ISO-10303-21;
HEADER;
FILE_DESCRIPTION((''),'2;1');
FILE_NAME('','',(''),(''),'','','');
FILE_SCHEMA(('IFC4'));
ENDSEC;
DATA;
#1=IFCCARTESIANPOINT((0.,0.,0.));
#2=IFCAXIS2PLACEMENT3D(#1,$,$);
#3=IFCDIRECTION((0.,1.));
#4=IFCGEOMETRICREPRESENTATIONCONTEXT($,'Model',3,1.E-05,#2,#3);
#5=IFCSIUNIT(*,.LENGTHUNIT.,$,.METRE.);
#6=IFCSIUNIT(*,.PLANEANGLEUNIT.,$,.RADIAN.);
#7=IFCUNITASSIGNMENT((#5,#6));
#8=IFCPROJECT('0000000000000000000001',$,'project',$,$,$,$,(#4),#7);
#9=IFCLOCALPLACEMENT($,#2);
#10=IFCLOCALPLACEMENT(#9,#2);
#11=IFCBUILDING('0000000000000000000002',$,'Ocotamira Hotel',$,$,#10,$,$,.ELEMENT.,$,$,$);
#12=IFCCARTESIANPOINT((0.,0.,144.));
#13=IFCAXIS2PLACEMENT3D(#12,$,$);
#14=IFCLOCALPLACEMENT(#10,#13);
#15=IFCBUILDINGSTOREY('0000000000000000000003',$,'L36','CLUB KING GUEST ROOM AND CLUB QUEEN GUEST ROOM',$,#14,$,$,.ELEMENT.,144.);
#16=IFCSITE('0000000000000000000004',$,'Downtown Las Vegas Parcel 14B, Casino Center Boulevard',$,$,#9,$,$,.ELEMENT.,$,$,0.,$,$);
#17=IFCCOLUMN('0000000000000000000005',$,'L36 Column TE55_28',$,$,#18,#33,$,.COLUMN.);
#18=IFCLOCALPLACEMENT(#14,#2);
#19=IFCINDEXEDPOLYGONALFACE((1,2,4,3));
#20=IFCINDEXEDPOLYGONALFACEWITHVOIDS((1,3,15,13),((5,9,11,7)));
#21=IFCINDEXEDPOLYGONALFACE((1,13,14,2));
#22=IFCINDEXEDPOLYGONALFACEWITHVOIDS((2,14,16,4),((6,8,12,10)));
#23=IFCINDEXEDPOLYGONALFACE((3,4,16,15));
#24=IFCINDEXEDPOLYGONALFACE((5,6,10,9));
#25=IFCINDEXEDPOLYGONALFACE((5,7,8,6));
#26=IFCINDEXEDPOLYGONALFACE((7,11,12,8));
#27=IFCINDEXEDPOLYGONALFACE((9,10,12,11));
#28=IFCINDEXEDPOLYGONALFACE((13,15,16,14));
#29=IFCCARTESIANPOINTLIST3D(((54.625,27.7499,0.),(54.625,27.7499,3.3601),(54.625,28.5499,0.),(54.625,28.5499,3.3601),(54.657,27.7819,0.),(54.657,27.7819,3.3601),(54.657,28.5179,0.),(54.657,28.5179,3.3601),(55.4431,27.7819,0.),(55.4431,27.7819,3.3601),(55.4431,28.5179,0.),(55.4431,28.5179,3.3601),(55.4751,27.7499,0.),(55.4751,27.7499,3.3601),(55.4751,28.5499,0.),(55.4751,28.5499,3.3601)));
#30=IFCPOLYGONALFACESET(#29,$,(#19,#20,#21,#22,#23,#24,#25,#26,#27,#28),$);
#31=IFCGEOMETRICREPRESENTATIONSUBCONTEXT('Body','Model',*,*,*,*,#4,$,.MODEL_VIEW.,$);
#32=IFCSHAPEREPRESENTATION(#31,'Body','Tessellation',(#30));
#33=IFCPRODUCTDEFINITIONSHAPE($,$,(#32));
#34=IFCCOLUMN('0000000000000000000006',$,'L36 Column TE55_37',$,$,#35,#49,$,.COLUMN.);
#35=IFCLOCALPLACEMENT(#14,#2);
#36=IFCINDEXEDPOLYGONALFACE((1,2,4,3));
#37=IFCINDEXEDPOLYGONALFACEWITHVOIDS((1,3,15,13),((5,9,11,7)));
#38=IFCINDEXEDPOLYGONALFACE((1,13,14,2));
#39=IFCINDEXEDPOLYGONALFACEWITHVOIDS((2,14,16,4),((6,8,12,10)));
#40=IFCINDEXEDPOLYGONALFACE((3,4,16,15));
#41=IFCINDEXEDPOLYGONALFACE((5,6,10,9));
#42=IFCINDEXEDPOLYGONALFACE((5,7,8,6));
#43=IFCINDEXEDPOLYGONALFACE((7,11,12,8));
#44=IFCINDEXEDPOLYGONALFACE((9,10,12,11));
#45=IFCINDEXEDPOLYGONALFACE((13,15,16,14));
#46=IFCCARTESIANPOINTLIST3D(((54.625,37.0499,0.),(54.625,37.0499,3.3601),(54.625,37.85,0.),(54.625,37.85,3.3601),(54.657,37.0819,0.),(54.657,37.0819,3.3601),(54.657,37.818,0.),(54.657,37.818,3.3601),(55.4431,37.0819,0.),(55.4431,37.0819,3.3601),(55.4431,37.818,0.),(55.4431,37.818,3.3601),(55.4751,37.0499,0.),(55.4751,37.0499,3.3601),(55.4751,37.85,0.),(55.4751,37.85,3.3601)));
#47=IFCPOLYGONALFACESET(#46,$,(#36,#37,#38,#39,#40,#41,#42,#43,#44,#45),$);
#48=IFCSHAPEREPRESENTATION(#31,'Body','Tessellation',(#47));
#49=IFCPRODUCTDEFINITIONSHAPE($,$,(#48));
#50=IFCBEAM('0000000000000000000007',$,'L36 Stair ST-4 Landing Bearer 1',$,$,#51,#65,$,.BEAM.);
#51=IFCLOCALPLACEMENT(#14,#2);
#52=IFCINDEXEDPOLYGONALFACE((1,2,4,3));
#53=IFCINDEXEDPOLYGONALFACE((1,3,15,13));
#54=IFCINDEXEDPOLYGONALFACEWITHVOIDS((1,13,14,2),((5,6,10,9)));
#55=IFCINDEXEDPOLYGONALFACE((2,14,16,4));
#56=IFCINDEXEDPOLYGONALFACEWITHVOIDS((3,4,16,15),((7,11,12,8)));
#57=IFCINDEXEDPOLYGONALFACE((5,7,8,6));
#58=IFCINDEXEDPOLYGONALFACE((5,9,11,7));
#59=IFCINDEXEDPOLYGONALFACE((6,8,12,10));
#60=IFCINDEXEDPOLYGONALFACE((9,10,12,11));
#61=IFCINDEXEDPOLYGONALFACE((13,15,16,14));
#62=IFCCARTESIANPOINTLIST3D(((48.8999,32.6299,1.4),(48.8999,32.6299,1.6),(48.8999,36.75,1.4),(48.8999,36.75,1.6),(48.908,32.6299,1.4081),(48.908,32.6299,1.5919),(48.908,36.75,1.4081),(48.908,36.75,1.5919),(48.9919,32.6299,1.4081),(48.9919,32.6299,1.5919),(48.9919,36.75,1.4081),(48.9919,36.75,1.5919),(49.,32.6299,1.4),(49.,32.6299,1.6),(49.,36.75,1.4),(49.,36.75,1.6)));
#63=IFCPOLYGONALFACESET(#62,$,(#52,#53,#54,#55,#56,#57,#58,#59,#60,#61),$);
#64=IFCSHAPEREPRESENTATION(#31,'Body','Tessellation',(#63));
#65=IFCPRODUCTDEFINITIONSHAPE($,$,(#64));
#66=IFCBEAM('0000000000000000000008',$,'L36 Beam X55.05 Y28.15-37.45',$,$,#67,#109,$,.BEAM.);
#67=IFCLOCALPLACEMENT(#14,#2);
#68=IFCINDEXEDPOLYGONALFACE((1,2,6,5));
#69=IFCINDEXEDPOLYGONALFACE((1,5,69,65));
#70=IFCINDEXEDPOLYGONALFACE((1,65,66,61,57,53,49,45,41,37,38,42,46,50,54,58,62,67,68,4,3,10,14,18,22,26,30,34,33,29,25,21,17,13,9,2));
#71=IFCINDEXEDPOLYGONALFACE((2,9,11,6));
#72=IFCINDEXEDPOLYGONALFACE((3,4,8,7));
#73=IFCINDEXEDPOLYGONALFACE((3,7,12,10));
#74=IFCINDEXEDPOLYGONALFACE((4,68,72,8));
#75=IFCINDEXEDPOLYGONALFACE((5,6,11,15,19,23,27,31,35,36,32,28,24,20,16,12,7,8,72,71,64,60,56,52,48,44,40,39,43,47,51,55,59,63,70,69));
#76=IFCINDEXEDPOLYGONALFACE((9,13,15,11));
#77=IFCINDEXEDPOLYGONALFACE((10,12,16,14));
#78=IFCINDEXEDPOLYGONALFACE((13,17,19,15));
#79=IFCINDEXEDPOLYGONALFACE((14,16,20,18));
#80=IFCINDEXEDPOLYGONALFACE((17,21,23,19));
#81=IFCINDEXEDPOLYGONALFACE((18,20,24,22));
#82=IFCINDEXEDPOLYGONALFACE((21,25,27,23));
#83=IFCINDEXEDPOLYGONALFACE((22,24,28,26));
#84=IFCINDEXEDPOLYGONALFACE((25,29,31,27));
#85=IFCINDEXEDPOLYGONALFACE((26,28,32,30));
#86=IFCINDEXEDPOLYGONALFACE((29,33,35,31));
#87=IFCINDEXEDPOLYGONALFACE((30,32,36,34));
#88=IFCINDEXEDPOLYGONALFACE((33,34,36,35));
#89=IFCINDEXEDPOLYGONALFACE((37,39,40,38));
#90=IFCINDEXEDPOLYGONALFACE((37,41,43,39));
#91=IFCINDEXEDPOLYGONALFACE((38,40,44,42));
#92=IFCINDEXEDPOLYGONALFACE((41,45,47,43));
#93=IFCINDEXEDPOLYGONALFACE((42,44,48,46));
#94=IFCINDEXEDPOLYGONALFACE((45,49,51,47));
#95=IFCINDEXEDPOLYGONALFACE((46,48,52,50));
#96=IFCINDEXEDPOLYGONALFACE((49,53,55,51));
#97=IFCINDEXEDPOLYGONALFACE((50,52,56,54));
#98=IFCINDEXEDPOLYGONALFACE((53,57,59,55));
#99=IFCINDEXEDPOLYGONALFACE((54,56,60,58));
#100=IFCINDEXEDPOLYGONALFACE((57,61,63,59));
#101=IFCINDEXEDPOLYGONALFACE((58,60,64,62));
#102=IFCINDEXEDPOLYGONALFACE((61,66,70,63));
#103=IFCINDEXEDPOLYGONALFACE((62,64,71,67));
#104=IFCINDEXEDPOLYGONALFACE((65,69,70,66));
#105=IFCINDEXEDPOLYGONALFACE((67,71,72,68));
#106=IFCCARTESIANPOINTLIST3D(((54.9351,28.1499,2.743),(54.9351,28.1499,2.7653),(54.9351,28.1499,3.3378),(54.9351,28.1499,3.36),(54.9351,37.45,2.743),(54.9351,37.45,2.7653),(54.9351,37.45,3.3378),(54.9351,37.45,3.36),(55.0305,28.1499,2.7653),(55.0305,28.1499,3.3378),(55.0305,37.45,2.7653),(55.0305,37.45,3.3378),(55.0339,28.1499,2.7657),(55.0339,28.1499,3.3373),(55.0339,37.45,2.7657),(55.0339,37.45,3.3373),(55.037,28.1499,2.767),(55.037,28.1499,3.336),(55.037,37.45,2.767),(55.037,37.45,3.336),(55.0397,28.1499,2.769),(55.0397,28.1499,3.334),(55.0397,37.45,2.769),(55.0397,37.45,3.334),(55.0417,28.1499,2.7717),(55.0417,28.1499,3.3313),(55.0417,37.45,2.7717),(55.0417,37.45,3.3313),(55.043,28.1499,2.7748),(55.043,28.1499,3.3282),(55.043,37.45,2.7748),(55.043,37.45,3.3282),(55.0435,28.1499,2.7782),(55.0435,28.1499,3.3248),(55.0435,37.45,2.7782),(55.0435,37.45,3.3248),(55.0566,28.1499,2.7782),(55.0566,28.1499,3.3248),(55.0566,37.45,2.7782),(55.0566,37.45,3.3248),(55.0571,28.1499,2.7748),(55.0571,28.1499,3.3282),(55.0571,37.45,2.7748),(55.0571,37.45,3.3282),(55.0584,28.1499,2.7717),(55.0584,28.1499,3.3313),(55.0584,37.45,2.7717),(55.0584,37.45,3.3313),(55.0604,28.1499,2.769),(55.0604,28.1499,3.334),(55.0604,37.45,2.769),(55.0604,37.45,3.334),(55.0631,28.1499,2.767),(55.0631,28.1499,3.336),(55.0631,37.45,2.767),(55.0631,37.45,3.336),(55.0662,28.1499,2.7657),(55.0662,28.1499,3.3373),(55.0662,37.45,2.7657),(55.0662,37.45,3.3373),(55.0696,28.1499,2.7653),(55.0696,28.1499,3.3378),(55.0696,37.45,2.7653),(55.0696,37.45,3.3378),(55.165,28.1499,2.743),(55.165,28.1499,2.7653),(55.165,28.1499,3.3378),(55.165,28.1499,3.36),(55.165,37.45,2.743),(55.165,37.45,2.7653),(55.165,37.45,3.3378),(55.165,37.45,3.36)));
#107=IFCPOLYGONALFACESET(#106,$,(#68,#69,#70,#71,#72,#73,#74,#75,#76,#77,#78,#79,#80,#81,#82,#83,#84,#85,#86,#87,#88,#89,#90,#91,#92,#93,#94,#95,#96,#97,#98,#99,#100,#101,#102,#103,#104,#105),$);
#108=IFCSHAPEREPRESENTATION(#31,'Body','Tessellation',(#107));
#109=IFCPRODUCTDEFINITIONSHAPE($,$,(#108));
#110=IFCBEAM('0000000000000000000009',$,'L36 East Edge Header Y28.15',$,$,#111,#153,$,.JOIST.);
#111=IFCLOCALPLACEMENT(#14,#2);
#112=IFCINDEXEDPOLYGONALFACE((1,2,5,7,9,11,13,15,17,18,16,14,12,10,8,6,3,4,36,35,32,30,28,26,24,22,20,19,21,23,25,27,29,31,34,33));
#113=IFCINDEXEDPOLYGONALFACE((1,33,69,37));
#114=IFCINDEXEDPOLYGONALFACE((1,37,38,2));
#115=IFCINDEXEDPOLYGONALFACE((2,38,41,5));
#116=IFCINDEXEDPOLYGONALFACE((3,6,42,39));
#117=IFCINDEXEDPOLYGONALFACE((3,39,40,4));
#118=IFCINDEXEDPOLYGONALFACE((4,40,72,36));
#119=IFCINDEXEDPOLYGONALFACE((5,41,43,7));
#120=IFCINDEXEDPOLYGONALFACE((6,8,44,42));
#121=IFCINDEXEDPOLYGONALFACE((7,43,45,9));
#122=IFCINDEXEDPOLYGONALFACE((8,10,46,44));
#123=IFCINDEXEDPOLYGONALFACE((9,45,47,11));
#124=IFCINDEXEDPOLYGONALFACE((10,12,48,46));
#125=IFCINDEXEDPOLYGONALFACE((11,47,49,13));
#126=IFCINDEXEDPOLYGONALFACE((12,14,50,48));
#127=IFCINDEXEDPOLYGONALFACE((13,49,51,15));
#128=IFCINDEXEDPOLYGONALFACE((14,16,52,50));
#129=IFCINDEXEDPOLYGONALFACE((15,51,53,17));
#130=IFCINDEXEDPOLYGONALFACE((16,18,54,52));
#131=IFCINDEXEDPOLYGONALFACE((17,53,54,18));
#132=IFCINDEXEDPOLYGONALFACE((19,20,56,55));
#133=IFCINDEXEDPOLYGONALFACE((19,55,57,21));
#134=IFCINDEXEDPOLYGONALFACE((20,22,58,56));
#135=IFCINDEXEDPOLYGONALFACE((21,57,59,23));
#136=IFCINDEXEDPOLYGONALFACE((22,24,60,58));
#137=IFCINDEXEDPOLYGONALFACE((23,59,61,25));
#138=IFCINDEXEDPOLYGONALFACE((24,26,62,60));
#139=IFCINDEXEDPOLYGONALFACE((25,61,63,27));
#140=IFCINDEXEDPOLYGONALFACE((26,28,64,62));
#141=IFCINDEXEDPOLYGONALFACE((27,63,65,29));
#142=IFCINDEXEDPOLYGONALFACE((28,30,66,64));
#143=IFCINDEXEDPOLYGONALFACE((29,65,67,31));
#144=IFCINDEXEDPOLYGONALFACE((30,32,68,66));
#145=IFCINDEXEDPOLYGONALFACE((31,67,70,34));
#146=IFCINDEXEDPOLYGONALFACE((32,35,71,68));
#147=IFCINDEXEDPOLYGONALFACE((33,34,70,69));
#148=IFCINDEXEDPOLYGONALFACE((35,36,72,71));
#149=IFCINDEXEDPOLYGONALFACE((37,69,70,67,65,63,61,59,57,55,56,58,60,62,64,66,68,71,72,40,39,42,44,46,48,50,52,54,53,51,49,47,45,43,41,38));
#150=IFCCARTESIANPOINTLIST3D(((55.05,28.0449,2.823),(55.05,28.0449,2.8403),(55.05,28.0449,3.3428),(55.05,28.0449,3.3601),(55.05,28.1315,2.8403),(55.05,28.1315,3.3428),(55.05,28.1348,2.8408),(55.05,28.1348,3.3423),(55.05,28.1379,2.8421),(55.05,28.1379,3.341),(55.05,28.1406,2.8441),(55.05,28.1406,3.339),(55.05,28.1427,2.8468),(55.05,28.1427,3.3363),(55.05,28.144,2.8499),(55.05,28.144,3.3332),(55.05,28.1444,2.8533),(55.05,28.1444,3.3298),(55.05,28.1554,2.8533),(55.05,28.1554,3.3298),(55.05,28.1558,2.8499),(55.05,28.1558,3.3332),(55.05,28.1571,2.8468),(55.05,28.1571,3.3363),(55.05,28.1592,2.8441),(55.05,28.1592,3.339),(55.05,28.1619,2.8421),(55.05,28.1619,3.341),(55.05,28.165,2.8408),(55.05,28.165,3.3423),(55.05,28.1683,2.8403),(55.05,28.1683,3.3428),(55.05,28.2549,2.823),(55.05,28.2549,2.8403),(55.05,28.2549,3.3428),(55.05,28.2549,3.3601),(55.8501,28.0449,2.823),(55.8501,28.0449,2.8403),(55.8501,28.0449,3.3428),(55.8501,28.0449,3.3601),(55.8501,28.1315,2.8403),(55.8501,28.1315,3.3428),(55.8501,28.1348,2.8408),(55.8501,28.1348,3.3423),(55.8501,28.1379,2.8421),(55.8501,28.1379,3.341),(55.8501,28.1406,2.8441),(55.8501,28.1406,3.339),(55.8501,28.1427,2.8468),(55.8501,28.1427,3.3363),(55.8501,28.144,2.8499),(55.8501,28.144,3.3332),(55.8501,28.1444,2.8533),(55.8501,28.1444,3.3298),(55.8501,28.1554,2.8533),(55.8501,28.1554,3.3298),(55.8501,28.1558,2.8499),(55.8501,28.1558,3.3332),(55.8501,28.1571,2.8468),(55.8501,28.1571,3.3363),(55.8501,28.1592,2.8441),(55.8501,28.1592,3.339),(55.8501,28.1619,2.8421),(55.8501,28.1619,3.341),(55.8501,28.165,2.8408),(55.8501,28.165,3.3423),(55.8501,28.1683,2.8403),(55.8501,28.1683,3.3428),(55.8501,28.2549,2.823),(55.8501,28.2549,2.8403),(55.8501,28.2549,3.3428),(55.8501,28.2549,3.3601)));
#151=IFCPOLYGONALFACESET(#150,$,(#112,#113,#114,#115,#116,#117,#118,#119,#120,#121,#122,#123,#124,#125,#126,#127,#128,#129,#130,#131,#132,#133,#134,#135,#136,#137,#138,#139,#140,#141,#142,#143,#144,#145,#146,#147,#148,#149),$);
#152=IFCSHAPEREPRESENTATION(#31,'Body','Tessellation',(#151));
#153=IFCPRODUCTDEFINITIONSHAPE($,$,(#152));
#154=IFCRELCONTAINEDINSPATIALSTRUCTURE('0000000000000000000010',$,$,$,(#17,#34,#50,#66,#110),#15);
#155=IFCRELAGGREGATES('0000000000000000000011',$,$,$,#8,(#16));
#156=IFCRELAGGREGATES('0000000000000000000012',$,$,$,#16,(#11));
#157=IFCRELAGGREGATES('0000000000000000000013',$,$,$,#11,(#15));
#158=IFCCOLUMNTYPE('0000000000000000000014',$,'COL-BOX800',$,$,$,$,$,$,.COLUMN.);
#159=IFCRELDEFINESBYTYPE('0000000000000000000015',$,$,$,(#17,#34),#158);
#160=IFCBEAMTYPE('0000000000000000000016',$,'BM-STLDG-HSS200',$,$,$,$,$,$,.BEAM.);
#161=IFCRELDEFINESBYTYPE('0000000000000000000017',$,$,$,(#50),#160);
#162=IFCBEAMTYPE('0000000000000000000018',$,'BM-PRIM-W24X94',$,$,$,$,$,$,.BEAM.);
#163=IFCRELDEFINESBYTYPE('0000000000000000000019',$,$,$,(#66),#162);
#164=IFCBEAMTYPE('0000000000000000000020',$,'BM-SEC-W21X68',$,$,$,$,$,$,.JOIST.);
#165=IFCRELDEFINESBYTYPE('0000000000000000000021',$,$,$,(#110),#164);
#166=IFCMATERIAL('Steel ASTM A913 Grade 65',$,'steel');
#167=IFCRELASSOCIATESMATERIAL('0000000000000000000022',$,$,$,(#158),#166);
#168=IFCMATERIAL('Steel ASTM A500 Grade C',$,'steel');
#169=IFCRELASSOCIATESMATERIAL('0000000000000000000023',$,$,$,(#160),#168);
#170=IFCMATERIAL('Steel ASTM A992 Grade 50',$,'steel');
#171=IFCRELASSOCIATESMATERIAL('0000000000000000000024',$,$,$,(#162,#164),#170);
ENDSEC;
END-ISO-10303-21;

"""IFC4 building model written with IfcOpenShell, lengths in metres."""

from ifc_helpers import new_model, si_unit, direction, frame, origin, origin_2d, place, context, subcontext, project, spatial, hollow_rectangle, i_section, extrude, source, transform, mapped, material, material_profile, profile_set, type_object, element, save


model = new_model("IFC4")

# Units and contexts
model_context = context("Model", 3, precision=1e-05, world=origin(), true_north=direction((0.0, 1.0)))
body_context = subcontext(model_context, "Body", "Model", "MODEL_VIEW")
ifc_project = project(units=[si_unit("LENGTHUNIT", "METRE"), si_unit("PLANEANGLEUNIT", "RADIAN")], contexts=[model_context])

# Site, building, storey
site_placement = place(None, origin())
site = spatial("IfcSite", under=ifc_project, at=site_placement, Name="Downtown Las Vegas Parcel 14B, Casino Center Boulevard", CompositionType="ELEMENT", RefElevation=0.0)
building_placement = place(site_placement, origin())
building = spatial("IfcBuilding", under=site, at=building_placement, Name="Ocotamira Hotel", CompositionType="ELEMENT")
storey_placement = place(building_placement, frame((0.0, 0.0, 144.0)))
storey = spatial("IfcBuildingStorey", under=building, at=storey_placement, Name="L36", Description="CLUB KING GUEST ROOM AND CLUB QUEEN GUEST ROOM", CompositionType="ELEMENT", Elevation=144.0)

# Columns
ifc_material_1 = material(Name="Steel ASTM A913 Grade 65", Category="steel")
ifc_material_profile_1 = material_profile(ifc_material_1, hollow_rectangle(XDim=0.8501, YDim=0.8, WallThickness=0.032, at=origin_2d()), Name="BOX800X850X32")
ifc_profile_set_1 = profile_set([ifc_material_profile_1], Name="Steel ASTM A913 Grade 65")
column_type = type_object("IfcColumnType", Name="COL-BOX800", PredefinedType="COLUMN", material=ifc_profile_set_1)
shared_shape_1 = source(origin(), body_context, "Body", "SweptSolid", [
    extrude(hollow_rectangle(XDim=0.8501, YDim=0.8, WallThickness=0.032, at=origin_2d()), origin(), (0.0, 0.0, 1.0), 3.3601),
])
for number, where, z_axis, x_axis, name in (
    (1, (55.05, 28.1499, 0.0), (0.0, 0.0, 1.0), (1.0, 0.0, 0.0), "L36 Column TE55_28"),
    (2, (55.05, 37.45, 0.0), (0.0, 0.0, 1.0), (1.0, 0.0, 0.0), "L36 Column TE55_37"),
):
    element("IfcColumn", number, at=place(storey_placement, frame(where, z_axis=z_axis, x_axis=x_axis)), inside=storey, type_object=column_type, Name=name, PredefinedType="COLUMN", context=body_context, shape_type="MappedRepresentation", body=[
        mapped(shared_shape_1, transform((0.0, 0.0, 0.0), scale=1.0)),
    ])

# Beams
ifc_material_2 = material(Name="Steel ASTM A500 Grade C", Category="steel")
ifc_material_profile_2 = material_profile(ifc_material_2, hollow_rectangle(XDim=0.1001, YDim=0.2, WallThickness=0.0081, at=origin_2d()), Name="HSS200X100X8")
ifc_profile_set_2 = profile_set([ifc_material_profile_2], Name="Steel ASTM A500 Grade C")
beam_type_1 = type_object("IfcBeamType", Name="BM-STLDG-HSS200", PredefinedType="BEAM", material=ifc_profile_set_2)
shared_shape_2 = source(origin(), body_context, "Body", "SweptSolid", [
    extrude(hollow_rectangle(XDim=0.1001, YDim=0.2, WallThickness=0.0081, at=origin_2d()), origin(), (0.0, 0.0, 1.0), 4.1201),
])
beam_1_placement = place(storey_placement, frame((48.95, 32.6299, 1.5), z_axis=(0.0, 1.0, 0.0), x_axis=(-1.0, 0.0, 0.0)))
element("IfcBeam", 3, at=beam_1_placement, inside=storey, type_object=beam_type_1, Name="L36 Stair ST-4 Landing Bearer 1", PredefinedType="BEAM", context=body_context, shape_type="MappedRepresentation", body=[
    mapped(shared_shape_2, transform((0.0, 0.0, 0.0), scale=1.0)),
])
ifc_material_3 = material(Name="Steel ASTM A992 Grade 50", Category="steel")
ifc_material_profile_3 = material_profile(ifc_material_3, i_section(OverallWidth=0.23, OverallDepth=0.6169, WebThickness=0.0132, FlangeThickness=0.0222, FilletRadius=0.0129, at=origin_2d()), Name="W24X94")
ifc_profile_set_3 = profile_set([ifc_material_profile_3], Name="Steel ASTM A992 Grade 50")
beam_type_2 = type_object("IfcBeamType", Name="BM-PRIM-W24X94", PredefinedType="BEAM", material=ifc_profile_set_3)
shared_shape_3 = source(origin(), body_context, "Body", "SweptSolid", [
    extrude(i_section(OverallWidth=0.23, OverallDepth=0.6169, WebThickness=0.0132, FlangeThickness=0.0222, FilletRadius=0.0129, at=origin_2d()), origin(), (0.0, 0.0, 1.0), 9.3),
])
beam_2_placement = place(storey_placement, frame((55.05, 28.1499, 3.0515), z_axis=(0.0, 1.0, 0.0), x_axis=(-1.0, 0.0, 0.0)))
element("IfcBeam", 4, at=beam_2_placement, inside=storey, type_object=beam_type_2, Name="L36 Beam X55.05 Y28.15-37.45", PredefinedType="BEAM", context=body_context, shape_type="MappedRepresentation", body=[
    mapped(shared_shape_3, transform((0.0, 0.0, 0.0), scale=1.0)),
])
ifc_material_profile_4 = material_profile(ifc_material_3, i_section(OverallWidth=0.21, OverallDepth=0.5371, WebThickness=0.011, FlangeThickness=0.0173, FilletRadius=0.0129, at=origin_2d()), Name="W21X68")
ifc_profile_set_4 = profile_set([ifc_material_profile_4], Name="Steel ASTM A992 Grade 50")
beam_type_3 = type_object("IfcBeamType", Name="BM-SEC-W21X68", PredefinedType="JOIST", material=ifc_profile_set_4)
shared_shape_4 = source(origin(), body_context, "Body", "SweptSolid", [
    extrude(i_section(OverallWidth=0.21, OverallDepth=0.5371, WebThickness=0.011, FlangeThickness=0.0173, FilletRadius=0.0129, at=origin_2d()), origin(), (0.0, 0.0, 1.0), 0.8),
])
for number, where, z_axis, x_axis, name in (
    (5, (55.05, 28.1499, 3.0916), (1.0, 0.0, 0.0), (0.0, 1.0, 0.0), "L36 East Edge Header Y28.15"),
):
    element("IfcBeam", number, at=place(storey_placement, frame(where, z_axis=z_axis, x_axis=x_axis)), inside=storey, type_object=beam_type_3, Name=name, PredefinedType="JOIST", context=body_context, shape_type="MappedRepresentation", body=[
        mapped(shared_shape_4, transform((0.0, 0.0, 0.0), scale=1.0)),
    ])

save(model, "model.ifc")
